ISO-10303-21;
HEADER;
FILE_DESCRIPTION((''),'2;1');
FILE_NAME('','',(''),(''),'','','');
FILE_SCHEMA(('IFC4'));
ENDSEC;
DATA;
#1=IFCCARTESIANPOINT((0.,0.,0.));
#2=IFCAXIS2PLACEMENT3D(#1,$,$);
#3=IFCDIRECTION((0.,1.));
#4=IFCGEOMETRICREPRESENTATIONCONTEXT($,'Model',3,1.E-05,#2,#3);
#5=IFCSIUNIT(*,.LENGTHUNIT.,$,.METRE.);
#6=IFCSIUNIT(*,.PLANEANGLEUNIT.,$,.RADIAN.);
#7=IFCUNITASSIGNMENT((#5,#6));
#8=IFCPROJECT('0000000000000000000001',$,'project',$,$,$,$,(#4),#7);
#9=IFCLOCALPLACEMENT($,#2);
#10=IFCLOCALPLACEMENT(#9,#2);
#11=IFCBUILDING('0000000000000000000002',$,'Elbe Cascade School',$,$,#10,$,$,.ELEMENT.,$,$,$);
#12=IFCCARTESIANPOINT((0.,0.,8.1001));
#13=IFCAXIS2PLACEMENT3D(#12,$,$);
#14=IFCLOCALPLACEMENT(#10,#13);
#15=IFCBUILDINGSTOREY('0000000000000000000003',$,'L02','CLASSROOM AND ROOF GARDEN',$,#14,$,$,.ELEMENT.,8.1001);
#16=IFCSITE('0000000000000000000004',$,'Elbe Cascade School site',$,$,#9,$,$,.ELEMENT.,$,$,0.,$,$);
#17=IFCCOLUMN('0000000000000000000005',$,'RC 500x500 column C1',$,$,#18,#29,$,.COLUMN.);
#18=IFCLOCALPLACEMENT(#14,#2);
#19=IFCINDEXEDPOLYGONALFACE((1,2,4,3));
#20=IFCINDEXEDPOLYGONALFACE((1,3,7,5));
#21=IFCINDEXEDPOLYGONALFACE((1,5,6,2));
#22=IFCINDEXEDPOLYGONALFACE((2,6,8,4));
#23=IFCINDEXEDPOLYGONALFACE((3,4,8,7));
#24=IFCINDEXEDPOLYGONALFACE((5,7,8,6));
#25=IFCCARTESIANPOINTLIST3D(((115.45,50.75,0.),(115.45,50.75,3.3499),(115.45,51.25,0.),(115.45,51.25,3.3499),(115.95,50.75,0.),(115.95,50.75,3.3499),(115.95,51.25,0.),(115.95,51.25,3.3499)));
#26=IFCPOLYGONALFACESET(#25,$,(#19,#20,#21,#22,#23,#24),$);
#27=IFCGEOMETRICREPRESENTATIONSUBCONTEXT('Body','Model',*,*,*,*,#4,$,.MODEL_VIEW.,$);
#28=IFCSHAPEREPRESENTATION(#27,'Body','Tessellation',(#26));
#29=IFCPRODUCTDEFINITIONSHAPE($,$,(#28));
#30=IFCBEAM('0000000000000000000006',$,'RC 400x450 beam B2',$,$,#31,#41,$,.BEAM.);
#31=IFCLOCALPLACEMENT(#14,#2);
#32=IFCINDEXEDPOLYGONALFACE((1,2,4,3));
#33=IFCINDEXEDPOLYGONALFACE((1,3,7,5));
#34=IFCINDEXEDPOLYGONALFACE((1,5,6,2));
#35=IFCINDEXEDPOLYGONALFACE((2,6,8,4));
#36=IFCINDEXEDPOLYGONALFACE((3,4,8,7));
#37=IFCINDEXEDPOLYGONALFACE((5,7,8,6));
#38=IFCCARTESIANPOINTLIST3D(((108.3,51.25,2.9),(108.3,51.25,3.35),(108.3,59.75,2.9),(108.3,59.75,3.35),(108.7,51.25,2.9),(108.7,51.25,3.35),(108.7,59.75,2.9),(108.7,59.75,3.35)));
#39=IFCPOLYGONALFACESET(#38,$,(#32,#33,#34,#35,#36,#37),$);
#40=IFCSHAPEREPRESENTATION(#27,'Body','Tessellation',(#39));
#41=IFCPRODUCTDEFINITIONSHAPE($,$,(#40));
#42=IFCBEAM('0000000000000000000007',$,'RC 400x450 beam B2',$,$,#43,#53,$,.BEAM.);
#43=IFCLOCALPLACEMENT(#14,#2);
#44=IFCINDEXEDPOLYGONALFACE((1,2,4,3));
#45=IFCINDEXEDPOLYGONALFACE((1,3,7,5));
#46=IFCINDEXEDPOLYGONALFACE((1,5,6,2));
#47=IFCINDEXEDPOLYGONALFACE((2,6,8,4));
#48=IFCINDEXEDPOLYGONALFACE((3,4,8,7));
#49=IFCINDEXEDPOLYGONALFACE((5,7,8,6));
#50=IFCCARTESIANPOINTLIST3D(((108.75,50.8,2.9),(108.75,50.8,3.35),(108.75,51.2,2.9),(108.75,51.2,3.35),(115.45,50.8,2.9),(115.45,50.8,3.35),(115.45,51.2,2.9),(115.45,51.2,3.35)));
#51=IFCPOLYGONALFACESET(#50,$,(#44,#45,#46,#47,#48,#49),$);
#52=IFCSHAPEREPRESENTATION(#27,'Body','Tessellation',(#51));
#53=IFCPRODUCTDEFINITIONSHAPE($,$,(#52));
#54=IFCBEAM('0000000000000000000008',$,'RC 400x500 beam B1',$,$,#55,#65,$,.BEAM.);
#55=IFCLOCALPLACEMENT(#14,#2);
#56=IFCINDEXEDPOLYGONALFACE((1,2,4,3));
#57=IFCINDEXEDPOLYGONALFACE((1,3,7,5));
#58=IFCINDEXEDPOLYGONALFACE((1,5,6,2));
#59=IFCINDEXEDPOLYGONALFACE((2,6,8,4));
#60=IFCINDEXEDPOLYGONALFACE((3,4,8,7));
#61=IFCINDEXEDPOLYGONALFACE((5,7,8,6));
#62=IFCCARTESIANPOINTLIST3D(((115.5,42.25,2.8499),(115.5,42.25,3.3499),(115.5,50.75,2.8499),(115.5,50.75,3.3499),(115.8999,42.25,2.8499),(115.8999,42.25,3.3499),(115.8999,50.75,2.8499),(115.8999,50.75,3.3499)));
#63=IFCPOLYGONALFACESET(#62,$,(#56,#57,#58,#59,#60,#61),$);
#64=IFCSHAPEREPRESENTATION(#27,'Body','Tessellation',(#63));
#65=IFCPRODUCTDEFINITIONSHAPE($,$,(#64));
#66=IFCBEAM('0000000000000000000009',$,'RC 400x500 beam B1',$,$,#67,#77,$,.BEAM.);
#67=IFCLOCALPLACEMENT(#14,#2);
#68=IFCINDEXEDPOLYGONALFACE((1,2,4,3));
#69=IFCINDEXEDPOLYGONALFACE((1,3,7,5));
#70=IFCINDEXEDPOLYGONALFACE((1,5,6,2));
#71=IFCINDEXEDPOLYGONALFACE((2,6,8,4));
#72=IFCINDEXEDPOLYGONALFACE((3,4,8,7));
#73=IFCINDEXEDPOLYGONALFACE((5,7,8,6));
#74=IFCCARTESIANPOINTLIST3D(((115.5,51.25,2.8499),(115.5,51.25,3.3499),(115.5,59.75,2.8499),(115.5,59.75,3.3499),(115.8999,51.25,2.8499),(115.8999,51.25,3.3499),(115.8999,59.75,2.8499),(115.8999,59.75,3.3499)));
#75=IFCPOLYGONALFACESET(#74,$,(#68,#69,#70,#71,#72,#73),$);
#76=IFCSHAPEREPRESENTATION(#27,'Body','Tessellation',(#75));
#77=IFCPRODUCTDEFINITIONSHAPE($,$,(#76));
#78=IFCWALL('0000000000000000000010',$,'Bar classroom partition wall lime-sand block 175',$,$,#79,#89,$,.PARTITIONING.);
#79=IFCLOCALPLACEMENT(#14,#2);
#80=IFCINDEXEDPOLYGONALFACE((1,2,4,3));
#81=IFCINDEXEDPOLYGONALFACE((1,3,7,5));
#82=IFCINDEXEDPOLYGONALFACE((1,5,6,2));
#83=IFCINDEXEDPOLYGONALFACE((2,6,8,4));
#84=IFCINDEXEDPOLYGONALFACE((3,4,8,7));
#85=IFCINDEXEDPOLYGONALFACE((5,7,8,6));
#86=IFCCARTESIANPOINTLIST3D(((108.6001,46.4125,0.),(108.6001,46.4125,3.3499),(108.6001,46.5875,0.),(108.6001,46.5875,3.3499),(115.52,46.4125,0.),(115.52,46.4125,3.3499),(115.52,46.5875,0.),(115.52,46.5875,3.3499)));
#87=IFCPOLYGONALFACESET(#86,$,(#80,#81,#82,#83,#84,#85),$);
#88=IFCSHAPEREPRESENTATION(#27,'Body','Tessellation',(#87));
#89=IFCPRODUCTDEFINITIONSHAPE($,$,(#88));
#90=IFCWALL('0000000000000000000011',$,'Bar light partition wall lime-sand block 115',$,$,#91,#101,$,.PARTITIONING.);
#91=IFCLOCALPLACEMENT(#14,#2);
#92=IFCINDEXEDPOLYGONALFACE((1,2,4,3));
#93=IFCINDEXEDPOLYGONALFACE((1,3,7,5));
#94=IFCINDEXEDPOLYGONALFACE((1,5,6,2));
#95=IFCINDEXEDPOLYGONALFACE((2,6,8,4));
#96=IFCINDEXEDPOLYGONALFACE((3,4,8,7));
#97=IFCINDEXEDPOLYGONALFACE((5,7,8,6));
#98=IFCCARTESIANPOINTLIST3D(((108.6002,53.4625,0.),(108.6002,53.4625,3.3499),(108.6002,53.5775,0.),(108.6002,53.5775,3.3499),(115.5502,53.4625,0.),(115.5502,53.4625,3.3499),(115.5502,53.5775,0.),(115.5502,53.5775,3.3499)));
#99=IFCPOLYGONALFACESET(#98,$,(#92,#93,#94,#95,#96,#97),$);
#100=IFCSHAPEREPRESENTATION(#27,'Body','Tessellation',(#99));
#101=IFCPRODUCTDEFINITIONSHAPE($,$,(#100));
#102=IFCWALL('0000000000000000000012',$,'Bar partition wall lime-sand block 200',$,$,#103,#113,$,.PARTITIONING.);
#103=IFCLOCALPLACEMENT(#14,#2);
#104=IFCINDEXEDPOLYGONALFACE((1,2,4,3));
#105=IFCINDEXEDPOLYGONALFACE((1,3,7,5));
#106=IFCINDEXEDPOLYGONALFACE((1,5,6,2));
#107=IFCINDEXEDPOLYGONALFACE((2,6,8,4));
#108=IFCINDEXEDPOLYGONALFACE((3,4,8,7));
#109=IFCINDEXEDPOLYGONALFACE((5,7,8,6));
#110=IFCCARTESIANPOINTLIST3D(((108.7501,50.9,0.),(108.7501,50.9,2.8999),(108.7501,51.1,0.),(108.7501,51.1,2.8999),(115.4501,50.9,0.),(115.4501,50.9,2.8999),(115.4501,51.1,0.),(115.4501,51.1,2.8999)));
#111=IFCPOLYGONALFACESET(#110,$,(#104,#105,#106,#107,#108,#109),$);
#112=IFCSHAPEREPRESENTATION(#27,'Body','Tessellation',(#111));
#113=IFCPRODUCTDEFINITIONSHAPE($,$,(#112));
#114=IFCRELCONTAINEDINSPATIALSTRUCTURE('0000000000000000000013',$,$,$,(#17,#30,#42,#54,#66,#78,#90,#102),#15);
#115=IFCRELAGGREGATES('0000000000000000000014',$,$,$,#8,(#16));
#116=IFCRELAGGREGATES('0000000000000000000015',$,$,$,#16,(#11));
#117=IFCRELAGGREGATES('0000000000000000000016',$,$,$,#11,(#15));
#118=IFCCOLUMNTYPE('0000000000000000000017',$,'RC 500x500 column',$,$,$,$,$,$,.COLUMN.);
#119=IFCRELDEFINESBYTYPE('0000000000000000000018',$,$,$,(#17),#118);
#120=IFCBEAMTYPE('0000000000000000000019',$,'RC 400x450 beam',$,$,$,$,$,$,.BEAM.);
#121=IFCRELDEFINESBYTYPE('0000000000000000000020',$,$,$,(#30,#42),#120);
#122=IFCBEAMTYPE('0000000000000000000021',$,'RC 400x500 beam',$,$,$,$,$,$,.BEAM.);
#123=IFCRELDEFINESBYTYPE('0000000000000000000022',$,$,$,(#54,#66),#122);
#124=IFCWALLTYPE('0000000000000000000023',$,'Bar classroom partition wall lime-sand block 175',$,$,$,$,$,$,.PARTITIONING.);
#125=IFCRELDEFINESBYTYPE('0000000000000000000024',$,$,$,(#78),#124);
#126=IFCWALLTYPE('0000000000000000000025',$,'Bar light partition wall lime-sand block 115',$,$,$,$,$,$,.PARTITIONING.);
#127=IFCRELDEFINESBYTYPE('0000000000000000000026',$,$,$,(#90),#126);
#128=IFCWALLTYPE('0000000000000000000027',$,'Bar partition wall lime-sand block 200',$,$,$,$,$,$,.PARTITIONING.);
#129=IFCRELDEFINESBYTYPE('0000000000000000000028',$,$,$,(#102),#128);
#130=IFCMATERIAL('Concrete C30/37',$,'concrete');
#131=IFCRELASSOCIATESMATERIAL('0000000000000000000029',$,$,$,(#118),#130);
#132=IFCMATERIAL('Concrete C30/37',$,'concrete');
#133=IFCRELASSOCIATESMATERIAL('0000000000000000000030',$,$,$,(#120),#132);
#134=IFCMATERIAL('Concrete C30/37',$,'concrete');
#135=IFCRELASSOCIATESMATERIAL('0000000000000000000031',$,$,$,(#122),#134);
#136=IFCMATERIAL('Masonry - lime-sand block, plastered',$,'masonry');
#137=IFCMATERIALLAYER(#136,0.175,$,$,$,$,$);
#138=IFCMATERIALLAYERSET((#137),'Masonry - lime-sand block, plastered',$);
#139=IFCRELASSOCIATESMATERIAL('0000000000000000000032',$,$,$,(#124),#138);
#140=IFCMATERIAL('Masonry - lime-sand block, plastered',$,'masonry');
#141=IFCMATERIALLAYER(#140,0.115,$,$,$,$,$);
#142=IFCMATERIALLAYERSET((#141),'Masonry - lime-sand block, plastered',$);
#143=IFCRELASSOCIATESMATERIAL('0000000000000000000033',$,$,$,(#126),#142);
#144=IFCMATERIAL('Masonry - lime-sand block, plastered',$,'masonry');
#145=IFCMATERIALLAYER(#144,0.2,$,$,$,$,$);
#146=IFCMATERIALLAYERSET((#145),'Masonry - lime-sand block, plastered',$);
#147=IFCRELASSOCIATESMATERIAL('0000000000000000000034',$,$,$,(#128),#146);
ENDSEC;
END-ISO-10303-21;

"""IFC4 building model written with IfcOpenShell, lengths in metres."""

from ifc_helpers import new_model, si_unit, direction, frame, frame_2d, origin, origin_2d, place, context, subcontext, project, spatial, rectangle, extrude, material, layer, layer_set, material_profile, profile_set, type_object, element, save


model = new_model("IFC4")

# Units and contexts
model_context = context("Model", 3, precision=1e-05, world=origin(), true_north=direction((0.0, 1.0)))
body_context = subcontext(model_context, "Body", "Model", "MODEL_VIEW")
ifc_project = project(units=[si_unit("LENGTHUNIT", "METRE"), si_unit("PLANEANGLEUNIT", "RADIAN")], contexts=[model_context])

# Site, building, storey
site_placement = place(None, origin())
site = spatial("IfcSite", under=ifc_project, at=site_placement, Name="Elbe Cascade School site", CompositionType="ELEMENT", RefElevation=0.0)
building_placement = place(site_placement, origin())
building = spatial("IfcBuilding", under=site, at=building_placement, Name="Elbe Cascade School", CompositionType="ELEMENT")
storey_placement = place(building_placement, frame((0.0, 0.0, 8.1001)))
storey = spatial("IfcBuildingStorey", under=building, at=storey_placement, Name="L02", Description="CLASSROOM AND ROOF GARDEN", CompositionType="ELEMENT", Elevation=8.1001)

# Column
ifc_material_1 = material(Name="Concrete C30/37", Category="concrete")
ifc_material_profile_1 = material_profile(ifc_material_1, rectangle(XDim=0.5, YDim=0.5, at=origin_2d()), Name="RC 500x500")
ifc_profile_set_1 = profile_set([ifc_material_profile_1], Name="Concrete C30/37")
column_type = type_object("IfcColumnType", Name="RC 500x500 column", PredefinedType="COLUMN", material=ifc_profile_set_1)
column_placement = place(storey_placement, frame((115.7, 51.0, 0.0), z_axis=(0.0, 0.0, 1.0), x_axis=(1.0, 0.0, 0.0)))
element("IfcColumn", 1, at=column_placement, inside=storey, type_object=column_type, Name="RC 500x500 column C1", PredefinedType="COLUMN", context=body_context, shape_type="SweptSolid", body=[
    extrude(rectangle(XDim=0.5, YDim=0.5, at=origin_2d()), origin(), (0.0, 0.0, 1.0), 3.3499),
])

# Beams
ifc_material_2 = material(Name="Concrete C30/37", Category="concrete")
ifc_material_profile_2 = material_profile(ifc_material_2, rectangle(XDim=0.3999, YDim=0.45, at=origin_2d()), Name="RC 400x450")
ifc_profile_set_2 = profile_set([ifc_material_profile_2], Name="Concrete C30/37")
beam_type_1 = type_object("IfcBeamType", Name="RC 400x450 beam", PredefinedType="BEAM", material=ifc_profile_set_2)
beam_1_placement = place(storey_placement, frame((108.5, 51.25, 3.125), z_axis=(0.0, 1.0, 0.0), x_axis=(-1.0, 0.0, 0.0)))
element("IfcBeam", 2, at=beam_1_placement, inside=storey, type_object=beam_type_1, Name="RC 400x450 beam B2", PredefinedType="BEAM", context=body_context, shape_type="SweptSolid", body=[
    extrude(rectangle(XDim=0.3999, YDim=0.45, at=origin_2d()), origin(), (0.0, 0.0, 1.0), 8.5),
])
beam_2_placement = place(storey_placement, frame((108.75, 51.0, 3.125), z_axis=(1.0, 0.0, 0.0), x_axis=(0.0, 1.0, 0.0)))
element("IfcBeam", 3, at=beam_2_placement, inside=storey, type_object=beam_type_1, Name="RC 400x450 beam B2", PredefinedType="BEAM", context=body_context, shape_type="SweptSolid", body=[
    extrude(rectangle(XDim=0.3999, YDim=0.45, at=origin_2d()), origin(), (0.0, 0.0, 1.0), 6.7),
])
ifc_material_3 = material(Name="Concrete C30/37", Category="concrete")
ifc_material_profile_3 = material_profile(ifc_material_3, rectangle(XDim=0.3999, YDim=0.5, at=origin_2d()), Name="RC 400x500")
ifc_profile_set_3 = profile_set([ifc_material_profile_3], Name="Concrete C30/37")
beam_type_2 = type_object("IfcBeamType", Name="RC 400x500 beam", PredefinedType="BEAM", material=ifc_profile_set_3)
for number, where, z_axis, x_axis, name in (
    (4, (115.7, 42.25, 3.0999), (0.0, 1.0, 0.0), (-1.0, 0.0, 0.0), "RC 400x500 beam B1"),
    (5, (115.7, 51.25, 3.0999), (0.0, 1.0, 0.0), (-1.0, 0.0, 0.0), "RC 400x500 beam B1"),
):
    element("IfcBeam", number, at=place(storey_placement, frame(where, z_axis=z_axis, x_axis=x_axis)), inside=storey, type_object=beam_type_2, Name=name, PredefinedType="BEAM", context=body_context, shape_type="SweptSolid", body=[
        extrude(rectangle(XDim=0.3999, YDim=0.5, at=origin_2d()), origin(), (0.0, 0.0, 1.0), 8.5),
    ])

# Walls
ifc_material_4 = material(Name="Masonry - lime-sand block, plastered", Category="masonry")
ifc_layer_1 = layer(ifc_material_4, 0.175)
ifc_layer_set_1 = layer_set([ifc_layer_1], Name="Masonry - lime-sand block, plastered")
wall_type_1 = type_object("IfcWallType", Name="Bar classroom partition wall lime-sand block 175", PredefinedType="PARTITIONING", material=ifc_layer_set_1)
wall_1_placement = place(storey_placement, frame((108.6001, 46.5, 0.0), z_axis=(0.0, 0.0, 1.0), x_axis=(1.0, 0.0, 0.0)))
element("IfcWall", 6, at=wall_1_placement, inside=storey, type_object=wall_type_1, Name="Bar classroom partition wall lime-sand block 175", PredefinedType="PARTITIONING", context=body_context, shape_type="SweptSolid", body=[
    extrude(rectangle(XDim=6.9199, YDim=0.175, at=frame_2d((3.46, 0.0))), origin(), (0.0, 0.0, 1.0), 3.3499),
])
ifc_material_5 = material(Name="Masonry - lime-sand block, plastered", Category="masonry")
ifc_layer_2 = layer(ifc_material_5, 0.115)
ifc_layer_set_2 = layer_set([ifc_layer_2], Name="Masonry - lime-sand block, plastered")
wall_type_2 = type_object("IfcWallType", Name="Bar light partition wall lime-sand block 115", PredefinedType="PARTITIONING", material=ifc_layer_set_2)
wall_2_placement = place(storey_placement, frame((108.6001, 53.52, 0.0), z_axis=(0.0, 0.0, 1.0), x_axis=(1.0, 0.0, 0.0)))
element("IfcWall", 7, at=wall_2_placement, inside=storey, type_object=wall_type_2, Name="Bar light partition wall lime-sand block 115", PredefinedType="PARTITIONING", context=body_context, shape_type="SweptSolid", body=[
    extrude(rectangle(XDim=6.95, YDim=0.115, at=frame_2d((3.4751, 0.0))), origin(), (0.0, 0.0, 1.0), 3.3499),
])
ifc_material_6 = material(Name="Masonry - lime-sand block, plastered", Category="masonry")
ifc_layer_3 = layer(ifc_material_6, 0.2)
ifc_layer_set_3 = layer_set([ifc_layer_3], Name="Masonry - lime-sand block, plastered")
wall_type_3 = type_object("IfcWallType", Name="Bar partition wall lime-sand block 200", PredefinedType="PARTITIONING", material=ifc_layer_set_3)
wall_3_placement = place(storey_placement, frame((108.75, 51.0, 0.0), z_axis=(0.0, 0.0, 1.0), x_axis=(1.0, 0.0, 0.0)))
element("IfcWall", 8, at=wall_3_placement, inside=storey, type_object=wall_type_3, Name="Bar partition wall lime-sand block 200", PredefinedType="PARTITIONING", context=body_context, shape_type="SweptSolid", body=[
    extrude(rectangle(XDim=6.7, YDim=0.2, at=frame_2d((3.3501, 0.0))), origin(), (0.0, 0.0, 1.0), 2.8999),
])

save(model, "model.ifc")
